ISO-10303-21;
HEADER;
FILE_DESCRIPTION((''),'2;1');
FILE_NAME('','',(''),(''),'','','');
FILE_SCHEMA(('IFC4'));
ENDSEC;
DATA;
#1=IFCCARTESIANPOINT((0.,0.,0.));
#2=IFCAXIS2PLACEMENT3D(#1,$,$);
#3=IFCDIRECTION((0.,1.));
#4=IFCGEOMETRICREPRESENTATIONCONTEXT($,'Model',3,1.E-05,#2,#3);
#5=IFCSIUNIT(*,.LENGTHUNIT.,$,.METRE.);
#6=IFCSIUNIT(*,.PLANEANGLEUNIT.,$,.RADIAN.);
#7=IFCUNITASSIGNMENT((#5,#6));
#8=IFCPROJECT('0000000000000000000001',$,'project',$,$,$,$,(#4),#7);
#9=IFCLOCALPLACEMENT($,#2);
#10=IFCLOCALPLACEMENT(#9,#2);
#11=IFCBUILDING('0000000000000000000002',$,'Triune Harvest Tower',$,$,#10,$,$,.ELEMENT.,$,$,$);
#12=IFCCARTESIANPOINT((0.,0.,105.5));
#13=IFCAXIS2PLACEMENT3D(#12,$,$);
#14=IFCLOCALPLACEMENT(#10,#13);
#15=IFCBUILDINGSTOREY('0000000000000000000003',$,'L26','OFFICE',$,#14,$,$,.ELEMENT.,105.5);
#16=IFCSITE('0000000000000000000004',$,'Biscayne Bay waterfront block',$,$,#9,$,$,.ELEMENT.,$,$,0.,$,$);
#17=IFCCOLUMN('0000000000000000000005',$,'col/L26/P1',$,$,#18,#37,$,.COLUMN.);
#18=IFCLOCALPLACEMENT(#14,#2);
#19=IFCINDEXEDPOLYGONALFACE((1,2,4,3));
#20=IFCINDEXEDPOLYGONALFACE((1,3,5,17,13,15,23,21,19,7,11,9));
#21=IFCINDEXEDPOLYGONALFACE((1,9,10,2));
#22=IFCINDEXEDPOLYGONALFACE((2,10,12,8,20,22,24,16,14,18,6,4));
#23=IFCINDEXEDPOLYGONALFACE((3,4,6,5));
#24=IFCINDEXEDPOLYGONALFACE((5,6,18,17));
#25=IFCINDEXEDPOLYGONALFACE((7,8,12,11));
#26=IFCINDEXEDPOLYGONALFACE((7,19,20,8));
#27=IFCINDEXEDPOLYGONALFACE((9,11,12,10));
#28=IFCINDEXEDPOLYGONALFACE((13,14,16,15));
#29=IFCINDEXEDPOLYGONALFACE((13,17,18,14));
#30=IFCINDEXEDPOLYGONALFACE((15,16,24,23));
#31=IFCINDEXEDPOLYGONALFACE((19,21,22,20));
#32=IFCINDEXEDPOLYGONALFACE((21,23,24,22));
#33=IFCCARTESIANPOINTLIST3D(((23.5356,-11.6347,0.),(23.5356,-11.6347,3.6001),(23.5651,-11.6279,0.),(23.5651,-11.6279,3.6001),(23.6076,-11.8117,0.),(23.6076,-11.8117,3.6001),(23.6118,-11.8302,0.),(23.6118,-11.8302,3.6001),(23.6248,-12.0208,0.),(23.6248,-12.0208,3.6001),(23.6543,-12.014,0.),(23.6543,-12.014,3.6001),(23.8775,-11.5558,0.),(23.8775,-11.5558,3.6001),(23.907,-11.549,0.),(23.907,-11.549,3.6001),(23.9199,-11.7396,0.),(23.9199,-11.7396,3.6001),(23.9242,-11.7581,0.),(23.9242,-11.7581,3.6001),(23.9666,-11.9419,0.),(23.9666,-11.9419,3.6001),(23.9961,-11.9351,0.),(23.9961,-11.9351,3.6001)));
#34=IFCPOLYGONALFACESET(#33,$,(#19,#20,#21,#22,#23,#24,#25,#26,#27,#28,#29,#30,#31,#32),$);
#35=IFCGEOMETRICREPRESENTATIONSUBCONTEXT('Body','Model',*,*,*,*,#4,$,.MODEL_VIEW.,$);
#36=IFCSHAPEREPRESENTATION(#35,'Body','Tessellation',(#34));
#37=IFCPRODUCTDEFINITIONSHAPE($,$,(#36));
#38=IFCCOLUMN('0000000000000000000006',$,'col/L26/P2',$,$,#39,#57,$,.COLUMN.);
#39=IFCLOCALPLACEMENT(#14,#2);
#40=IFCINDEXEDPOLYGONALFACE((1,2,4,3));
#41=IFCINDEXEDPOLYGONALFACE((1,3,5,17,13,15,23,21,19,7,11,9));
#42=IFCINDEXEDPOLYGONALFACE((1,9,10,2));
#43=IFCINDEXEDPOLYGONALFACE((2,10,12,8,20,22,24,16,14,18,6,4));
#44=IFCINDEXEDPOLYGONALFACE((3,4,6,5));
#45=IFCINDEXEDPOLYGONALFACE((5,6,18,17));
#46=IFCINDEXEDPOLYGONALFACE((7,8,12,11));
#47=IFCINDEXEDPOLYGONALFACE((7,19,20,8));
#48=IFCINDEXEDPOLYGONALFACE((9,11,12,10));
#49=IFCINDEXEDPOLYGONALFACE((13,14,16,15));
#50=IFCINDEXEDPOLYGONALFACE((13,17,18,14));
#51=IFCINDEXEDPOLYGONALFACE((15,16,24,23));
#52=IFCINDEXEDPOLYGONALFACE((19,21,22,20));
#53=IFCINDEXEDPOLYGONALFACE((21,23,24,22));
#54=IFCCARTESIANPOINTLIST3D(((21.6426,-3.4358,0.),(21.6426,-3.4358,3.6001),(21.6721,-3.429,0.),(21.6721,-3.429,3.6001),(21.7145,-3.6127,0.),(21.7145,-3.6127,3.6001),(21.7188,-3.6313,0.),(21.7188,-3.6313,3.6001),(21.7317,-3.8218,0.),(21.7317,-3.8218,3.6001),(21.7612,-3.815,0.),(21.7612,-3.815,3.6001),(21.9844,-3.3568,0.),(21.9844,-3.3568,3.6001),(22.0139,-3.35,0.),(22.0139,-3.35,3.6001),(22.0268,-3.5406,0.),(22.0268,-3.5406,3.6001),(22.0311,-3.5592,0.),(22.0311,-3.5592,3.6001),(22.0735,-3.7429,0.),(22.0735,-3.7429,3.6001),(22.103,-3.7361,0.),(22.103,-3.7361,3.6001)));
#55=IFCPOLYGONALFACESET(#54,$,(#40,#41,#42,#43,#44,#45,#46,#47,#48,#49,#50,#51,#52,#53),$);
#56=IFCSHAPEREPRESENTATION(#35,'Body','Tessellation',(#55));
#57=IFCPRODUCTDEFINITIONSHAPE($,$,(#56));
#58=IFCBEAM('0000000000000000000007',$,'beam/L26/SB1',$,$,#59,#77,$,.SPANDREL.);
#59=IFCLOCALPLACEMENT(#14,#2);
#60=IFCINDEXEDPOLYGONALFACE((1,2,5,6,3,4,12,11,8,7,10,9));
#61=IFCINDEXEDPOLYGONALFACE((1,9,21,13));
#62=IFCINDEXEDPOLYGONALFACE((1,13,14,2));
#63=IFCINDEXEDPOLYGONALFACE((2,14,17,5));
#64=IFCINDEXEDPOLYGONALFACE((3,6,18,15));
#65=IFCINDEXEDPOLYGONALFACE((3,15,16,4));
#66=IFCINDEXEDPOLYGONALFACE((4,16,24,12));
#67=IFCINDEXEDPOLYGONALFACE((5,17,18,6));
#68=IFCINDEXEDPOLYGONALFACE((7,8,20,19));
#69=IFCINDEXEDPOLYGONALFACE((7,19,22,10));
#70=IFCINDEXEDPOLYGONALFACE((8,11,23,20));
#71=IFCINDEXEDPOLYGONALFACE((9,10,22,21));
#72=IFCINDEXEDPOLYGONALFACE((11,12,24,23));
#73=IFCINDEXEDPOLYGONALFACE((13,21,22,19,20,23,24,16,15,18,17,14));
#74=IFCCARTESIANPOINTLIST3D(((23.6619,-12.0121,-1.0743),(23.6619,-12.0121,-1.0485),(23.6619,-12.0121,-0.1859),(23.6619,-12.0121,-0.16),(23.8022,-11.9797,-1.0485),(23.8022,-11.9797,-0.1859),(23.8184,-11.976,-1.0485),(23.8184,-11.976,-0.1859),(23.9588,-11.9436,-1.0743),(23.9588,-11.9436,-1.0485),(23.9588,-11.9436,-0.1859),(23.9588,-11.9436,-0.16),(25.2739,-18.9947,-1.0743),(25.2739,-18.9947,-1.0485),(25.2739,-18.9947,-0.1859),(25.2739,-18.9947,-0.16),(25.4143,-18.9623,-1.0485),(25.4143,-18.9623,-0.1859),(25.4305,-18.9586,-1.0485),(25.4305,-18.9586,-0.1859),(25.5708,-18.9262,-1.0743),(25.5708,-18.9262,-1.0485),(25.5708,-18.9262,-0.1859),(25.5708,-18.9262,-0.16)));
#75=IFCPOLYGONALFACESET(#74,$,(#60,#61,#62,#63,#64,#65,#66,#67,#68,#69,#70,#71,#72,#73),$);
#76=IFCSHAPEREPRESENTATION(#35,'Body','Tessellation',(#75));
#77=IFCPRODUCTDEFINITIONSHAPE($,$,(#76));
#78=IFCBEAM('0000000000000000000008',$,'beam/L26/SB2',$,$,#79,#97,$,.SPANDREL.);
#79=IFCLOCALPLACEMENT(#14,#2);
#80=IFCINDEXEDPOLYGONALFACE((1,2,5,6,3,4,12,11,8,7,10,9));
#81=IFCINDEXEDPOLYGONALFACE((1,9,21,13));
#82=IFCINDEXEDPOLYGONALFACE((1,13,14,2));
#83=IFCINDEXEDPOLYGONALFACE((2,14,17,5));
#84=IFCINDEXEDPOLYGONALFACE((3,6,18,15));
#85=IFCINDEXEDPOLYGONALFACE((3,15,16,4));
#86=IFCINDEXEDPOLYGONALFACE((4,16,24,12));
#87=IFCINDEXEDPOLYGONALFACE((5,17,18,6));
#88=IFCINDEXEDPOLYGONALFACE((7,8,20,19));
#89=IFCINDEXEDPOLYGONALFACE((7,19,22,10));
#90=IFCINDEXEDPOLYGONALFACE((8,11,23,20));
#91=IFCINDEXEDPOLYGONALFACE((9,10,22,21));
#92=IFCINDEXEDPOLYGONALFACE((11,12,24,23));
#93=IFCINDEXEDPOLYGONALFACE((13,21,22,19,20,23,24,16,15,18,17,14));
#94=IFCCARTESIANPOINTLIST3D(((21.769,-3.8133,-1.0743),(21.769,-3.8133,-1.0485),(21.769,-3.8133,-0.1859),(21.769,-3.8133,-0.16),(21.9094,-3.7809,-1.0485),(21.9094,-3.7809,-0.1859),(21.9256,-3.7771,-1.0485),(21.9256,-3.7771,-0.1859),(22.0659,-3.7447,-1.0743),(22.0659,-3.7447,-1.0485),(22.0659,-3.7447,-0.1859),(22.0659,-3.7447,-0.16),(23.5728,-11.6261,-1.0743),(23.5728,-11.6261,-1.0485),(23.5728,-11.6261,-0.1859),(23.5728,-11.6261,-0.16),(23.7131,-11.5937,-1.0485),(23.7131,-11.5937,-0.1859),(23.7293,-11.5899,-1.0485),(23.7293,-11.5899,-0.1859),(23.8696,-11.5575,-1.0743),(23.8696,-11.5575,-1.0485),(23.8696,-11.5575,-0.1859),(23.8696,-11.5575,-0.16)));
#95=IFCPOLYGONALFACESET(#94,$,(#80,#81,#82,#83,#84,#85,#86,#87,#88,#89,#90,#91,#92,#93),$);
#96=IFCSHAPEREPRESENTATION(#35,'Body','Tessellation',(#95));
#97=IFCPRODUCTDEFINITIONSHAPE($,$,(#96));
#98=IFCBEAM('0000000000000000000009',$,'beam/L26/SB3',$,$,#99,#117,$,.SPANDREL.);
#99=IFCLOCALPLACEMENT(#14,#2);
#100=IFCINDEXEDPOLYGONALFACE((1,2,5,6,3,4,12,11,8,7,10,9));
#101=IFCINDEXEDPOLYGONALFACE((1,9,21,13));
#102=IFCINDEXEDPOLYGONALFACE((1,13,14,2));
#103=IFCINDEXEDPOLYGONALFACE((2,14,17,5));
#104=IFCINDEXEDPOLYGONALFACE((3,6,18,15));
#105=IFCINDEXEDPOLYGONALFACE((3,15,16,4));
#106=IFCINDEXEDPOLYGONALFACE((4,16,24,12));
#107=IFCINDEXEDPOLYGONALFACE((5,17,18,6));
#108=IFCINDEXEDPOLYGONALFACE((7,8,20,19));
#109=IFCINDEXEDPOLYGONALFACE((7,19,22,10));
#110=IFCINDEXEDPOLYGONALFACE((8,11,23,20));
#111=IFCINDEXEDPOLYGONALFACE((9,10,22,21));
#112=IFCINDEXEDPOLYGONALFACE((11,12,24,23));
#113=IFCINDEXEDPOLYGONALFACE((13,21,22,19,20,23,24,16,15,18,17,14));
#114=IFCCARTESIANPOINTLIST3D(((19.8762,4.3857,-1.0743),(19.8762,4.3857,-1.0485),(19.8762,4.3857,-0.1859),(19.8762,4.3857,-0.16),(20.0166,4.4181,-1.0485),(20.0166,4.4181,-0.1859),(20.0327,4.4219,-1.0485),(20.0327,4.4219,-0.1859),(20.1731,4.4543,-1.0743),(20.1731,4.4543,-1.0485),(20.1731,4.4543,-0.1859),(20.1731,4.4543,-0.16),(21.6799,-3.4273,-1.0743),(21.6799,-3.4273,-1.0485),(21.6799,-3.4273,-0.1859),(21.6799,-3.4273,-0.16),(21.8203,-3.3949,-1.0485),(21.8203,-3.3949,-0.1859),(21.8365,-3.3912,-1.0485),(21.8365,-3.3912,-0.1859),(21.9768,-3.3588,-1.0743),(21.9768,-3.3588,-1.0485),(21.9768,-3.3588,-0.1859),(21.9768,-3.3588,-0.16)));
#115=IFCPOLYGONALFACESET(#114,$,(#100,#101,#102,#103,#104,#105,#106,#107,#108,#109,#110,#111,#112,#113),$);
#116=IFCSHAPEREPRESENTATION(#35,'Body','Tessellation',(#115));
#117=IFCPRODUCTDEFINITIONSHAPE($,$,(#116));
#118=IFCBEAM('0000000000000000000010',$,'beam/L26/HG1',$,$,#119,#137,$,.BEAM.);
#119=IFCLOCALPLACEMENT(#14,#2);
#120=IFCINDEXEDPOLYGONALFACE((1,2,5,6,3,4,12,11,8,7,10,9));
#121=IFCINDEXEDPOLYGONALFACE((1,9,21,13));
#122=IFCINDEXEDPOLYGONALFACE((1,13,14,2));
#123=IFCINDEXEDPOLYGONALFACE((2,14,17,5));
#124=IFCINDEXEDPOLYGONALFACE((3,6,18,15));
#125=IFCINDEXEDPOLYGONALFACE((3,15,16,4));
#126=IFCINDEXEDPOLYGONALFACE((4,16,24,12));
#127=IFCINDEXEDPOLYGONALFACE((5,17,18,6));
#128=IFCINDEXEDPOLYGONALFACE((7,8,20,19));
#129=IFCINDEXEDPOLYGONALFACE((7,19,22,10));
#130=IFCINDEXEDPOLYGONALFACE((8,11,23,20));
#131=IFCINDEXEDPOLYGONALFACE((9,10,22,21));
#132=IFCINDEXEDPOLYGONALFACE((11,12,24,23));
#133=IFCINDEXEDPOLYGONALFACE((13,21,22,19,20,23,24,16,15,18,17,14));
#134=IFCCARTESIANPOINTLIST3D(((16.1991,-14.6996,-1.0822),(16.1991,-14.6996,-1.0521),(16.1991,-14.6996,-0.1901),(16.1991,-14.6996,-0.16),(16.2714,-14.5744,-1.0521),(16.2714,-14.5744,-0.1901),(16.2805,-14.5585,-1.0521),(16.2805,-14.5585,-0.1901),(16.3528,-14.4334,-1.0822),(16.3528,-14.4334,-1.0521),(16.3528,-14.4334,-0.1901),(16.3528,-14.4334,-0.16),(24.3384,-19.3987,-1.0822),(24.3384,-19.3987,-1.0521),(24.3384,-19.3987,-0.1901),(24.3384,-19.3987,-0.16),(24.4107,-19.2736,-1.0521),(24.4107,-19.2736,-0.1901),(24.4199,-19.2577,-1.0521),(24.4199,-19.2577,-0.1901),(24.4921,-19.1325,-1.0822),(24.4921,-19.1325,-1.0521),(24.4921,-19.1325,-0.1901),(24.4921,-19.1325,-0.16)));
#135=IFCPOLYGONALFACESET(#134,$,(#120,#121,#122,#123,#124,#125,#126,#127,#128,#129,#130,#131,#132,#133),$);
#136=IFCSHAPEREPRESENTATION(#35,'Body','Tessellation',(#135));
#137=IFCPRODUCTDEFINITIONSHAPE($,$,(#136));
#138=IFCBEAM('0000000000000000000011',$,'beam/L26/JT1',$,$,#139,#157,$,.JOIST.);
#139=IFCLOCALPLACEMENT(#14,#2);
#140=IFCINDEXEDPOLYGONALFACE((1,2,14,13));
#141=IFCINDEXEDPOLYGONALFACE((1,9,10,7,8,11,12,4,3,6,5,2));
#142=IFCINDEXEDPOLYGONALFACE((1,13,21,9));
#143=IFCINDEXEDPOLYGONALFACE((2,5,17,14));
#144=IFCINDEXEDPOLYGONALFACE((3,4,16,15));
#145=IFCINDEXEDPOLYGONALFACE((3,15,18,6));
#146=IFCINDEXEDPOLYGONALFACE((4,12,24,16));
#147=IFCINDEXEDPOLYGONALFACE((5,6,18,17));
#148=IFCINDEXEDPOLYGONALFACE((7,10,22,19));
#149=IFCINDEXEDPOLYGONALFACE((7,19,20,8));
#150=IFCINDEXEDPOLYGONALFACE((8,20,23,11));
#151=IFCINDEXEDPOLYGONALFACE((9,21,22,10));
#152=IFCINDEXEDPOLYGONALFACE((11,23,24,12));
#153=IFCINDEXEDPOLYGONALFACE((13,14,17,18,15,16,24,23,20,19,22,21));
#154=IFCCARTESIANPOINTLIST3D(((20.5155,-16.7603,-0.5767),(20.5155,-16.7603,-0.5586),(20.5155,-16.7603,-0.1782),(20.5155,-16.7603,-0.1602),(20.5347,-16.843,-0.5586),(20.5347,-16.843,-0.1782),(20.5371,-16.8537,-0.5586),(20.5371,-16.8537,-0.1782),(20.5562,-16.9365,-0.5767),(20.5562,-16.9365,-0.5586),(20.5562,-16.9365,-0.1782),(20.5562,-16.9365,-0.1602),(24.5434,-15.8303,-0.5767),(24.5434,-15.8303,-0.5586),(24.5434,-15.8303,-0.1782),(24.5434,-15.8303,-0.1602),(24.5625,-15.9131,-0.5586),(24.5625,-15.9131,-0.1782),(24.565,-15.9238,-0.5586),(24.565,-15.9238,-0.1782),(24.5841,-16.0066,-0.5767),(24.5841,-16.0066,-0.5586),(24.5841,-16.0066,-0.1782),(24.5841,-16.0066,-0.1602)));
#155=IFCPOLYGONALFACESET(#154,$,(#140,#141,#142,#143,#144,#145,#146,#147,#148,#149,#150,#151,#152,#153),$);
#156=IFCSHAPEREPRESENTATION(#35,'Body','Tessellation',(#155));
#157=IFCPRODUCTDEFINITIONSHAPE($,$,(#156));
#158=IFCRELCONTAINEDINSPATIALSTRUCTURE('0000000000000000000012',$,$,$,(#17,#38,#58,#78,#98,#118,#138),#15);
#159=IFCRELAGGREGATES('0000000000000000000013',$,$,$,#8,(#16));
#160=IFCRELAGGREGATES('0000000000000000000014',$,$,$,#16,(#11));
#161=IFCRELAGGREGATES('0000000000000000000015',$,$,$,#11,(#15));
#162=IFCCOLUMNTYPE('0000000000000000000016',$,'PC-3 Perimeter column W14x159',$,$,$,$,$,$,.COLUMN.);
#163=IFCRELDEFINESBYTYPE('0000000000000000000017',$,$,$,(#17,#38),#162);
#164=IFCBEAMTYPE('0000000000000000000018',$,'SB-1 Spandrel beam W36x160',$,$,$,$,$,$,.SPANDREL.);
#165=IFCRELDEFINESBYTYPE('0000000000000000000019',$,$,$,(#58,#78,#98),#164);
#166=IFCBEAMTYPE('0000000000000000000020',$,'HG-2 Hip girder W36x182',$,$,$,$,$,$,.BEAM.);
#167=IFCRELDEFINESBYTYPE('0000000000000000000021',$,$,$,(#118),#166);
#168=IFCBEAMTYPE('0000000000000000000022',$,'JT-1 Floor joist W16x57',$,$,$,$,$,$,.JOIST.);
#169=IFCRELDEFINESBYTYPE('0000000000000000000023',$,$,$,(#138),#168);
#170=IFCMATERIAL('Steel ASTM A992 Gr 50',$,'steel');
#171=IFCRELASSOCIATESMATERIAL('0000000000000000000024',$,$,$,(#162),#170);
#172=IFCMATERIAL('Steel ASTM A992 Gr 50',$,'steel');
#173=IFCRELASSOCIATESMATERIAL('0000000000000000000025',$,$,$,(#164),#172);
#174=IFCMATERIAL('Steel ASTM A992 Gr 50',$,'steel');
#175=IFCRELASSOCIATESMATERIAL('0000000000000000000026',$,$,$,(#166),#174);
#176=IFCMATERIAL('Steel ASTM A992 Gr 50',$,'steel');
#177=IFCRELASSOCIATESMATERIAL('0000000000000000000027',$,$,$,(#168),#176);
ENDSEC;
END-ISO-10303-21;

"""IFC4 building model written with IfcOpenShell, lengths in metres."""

from ifc_helpers import new_model, si_unit, direction, frame, origin, origin_2d, place, context, subcontext, project, spatial, i_section, extrude, source, transform, mapped, material, material_profile, profile_set, type_object, element, save


model = new_model("IFC4")

# Units and contexts
model_context = context("Model", 3, precision=1e-05, world=origin(), true_north=direction((0.0, 1.0)))
body_context = subcontext(model_context, "Body", "Model", "MODEL_VIEW")
ifc_project = project(units=[si_unit("LENGTHUNIT", "METRE"), si_unit("PLANEANGLEUNIT", "RADIAN")], contexts=[model_context])

# Site, building, storey
site_placement = place(None, origin())
site = spatial("IfcSite", under=ifc_project, at=site_placement, Name="Biscayne Bay waterfront block", CompositionType="ELEMENT", RefElevation=0.0)
building_placement = place(site_placement, origin())
building = spatial("IfcBuilding", under=site, at=building_placement, Name="Triune Harvest Tower", CompositionType="ELEMENT")
storey_placement = place(building_placement, frame((0.0, 0.0, 105.5)))
storey = spatial("IfcBuildingStorey", under=building, at=storey_placement, Name="L26", Description="OFFICE", CompositionType="ELEMENT", Elevation=105.5)

# Columns
ifc_material_1 = material(Name="Steel ASTM A992 Gr 50", Category="steel")
ifc_material_profile_1 = material_profile(ifc_material_1, i_section(OverallWidth=0.3962, OverallDepth=0.3811, WebThickness=0.019, FlangeThickness=0.0303, at=origin_2d()), Name="W14x159")
ifc_profile_set_1 = profile_set([ifc_material_profile_1], Name="Steel ASTM A992 Gr 50")
column_type = type_object("IfcColumnType", Name="PC-3 Perimeter column W14x159", PredefinedType="COLUMN", material=ifc_profile_set_1)
shared_shape_1 = source(origin(), body_context, "Body", "SweptSolid", [
    extrude(i_section(OverallWidth=0.3962, OverallDepth=0.3811, WebThickness=0.019, FlangeThickness=0.0303, at=origin_2d()), origin(), (0.0, 0.0, 1.0), 3.6001),
])
for number, where, z_axis, x_axis, name in (
    (1, (23.7659, -11.7849, 0.0), (0.0, 0.0, 1.0), (-0.224953, 0.97437, 0.0), "col/L26/P1"),
    (2, (21.8728, -3.5859, 0.0), (0.0, 0.0, 1.0), (-0.224953, 0.97437, 0.0), "col/L26/P2"),
):
    element("IfcColumn", number, at=place(storey_placement, frame(where, z_axis=z_axis, x_axis=x_axis)), inside=storey, type_object=column_type, Name=name, PredefinedType="COLUMN", context=body_context, shape_type="MappedRepresentation", body=[
        mapped(shared_shape_1, transform((0.0, 0.0, 0.0), scale=1.0)),
    ])

# Beams
ifc_material_2 = material(Name="Steel ASTM A992 Gr 50", Category="steel")
ifc_material_profile_2 = material_profile(ifc_material_2, i_section(OverallWidth=0.3047, OverallDepth=0.9143, WebThickness=0.0166, FlangeThickness=0.0259, at=origin_2d()), Name="W36x160")
ifc_profile_set_2 = profile_set([ifc_material_profile_2], Name="Steel ASTM A992 Gr 50")
beam_type_1 = type_object("IfcBeamType", Name="SB-1 Spandrel beam W36x160", PredefinedType="SPANDREL", material=ifc_profile_set_2)
shared_shape_2 = source(origin(), body_context, "Body", "SweptSolid", [
    extrude(i_section(OverallWidth=0.3047, OverallDepth=0.9143, WebThickness=0.0166, FlangeThickness=0.0259, at=origin_2d()), origin(), (0.0, 0.0, 1.0), 7.1663),
])
beam_1_placement = place(storey_placement, frame((25.4224, -18.9604, -0.6172), z_axis=(-0.224949, 0.974371, 0.0), x_axis=(-0.974371, -0.224949, 0.0)))
element("IfcBeam", 3, at=beam_1_placement, inside=storey, type_object=beam_type_1, Name="beam/L26/SB1", PredefinedType="SPANDREL", context=body_context, shape_type="MappedRepresentation", body=[
    mapped(shared_shape_2, transform((0.0, 0.0, 0.0), scale=1.0)),
])
shared_shape_3 = source(origin(), body_context, "Body", "SweptSolid", [
    extrude(i_section(OverallWidth=0.3047, OverallDepth=0.9143, WebThickness=0.0166, FlangeThickness=0.0259, at=origin_2d()), origin(), (0.0, 0.0, 1.0), 8.0183),
])
beam_2_placement = place(storey_placement, frame((23.7212, -11.5918, -0.6172), z_axis=(-0.224951, 0.97437, 0.0), x_axis=(-0.97437, -0.224951, 0.0)))
element("IfcBeam", 4, at=beam_2_placement, inside=storey, type_object=beam_type_1, Name="beam/L26/SB2", PredefinedType="SPANDREL", context=body_context, shape_type="MappedRepresentation", body=[
    mapped(shared_shape_3, transform((0.0, 0.0, 0.0), scale=1.0)),
])
shared_shape_4 = source(origin(), body_context, "Body", "SweptSolid", [
    extrude(i_section(OverallWidth=0.3047, OverallDepth=0.9143, WebThickness=0.0166, FlangeThickness=0.0259, at=origin_2d()), origin(), (0.0, 0.0, 1.0), 8.0186),
])
beam_3_placement = place(storey_placement, frame((21.8284, -3.3931, -0.6172), z_axis=(-0.224944, 0.974372, 0.0), x_axis=(-0.974372, -0.224944, 0.0)))
element("IfcBeam", 5, at=beam_3_placement, inside=storey, type_object=beam_type_1, Name="beam/L26/SB3", PredefinedType="SPANDREL", context=body_context, shape_type="MappedRepresentation", body=[
    mapped(shared_shape_4, transform((0.0, 0.0, 0.0), scale=1.0)),
])
ifc_material_3 = material(Name="Steel ASTM A992 Gr 50", Category="steel")
ifc_material_profile_3 = material_profile(ifc_material_3, i_section(OverallWidth=0.3074, OverallDepth=0.9221, WebThickness=0.0183, FlangeThickness=0.03, at=origin_2d()), Name="W36x182")
ifc_profile_set_3 = profile_set([ifc_material_profile_3], Name="Steel ASTM A992 Gr 50")
beam_type_2 = type_object("IfcBeamType", Name="HG-2 Hip girder W36x182", PredefinedType="BEAM", material=ifc_profile_set_3)
shared_shape_5 = source(origin(), body_context, "Body", "SweptSolid", [
    extrude(i_section(OverallWidth=0.3074, OverallDepth=0.9221, WebThickness=0.0183, FlangeThickness=0.03, at=origin_2d()), origin(), (0.0, 0.0, 1.0), 9.3984),
])
beam_4_placement = place(storey_placement, frame((24.4153, -19.2656, -0.6211), z_axis=(-0.866029, 0.499995, 0.0), x_axis=(-0.499995, -0.866029, 0.0)))
element("IfcBeam", 6, at=beam_4_placement, inside=storey, type_object=beam_type_2, Name="beam/L26/HG1", PredefinedType="BEAM", context=body_context, shape_type="MappedRepresentation", body=[
    mapped(shared_shape_5, transform((0.0, 0.0, 0.0), scale=1.0)),
])
ifc_material_4 = material(Name="Steel ASTM A992 Gr 50", Category="steel")
ifc_material_profile_4 = material_profile(ifc_material_4, i_section(OverallWidth=0.1809, OverallDepth=0.4165, WebThickness=0.011, FlangeThickness=0.0181, at=origin_2d()), Name="W16x57")
ifc_profile_set_4 = profile_set([ifc_material_profile_4], Name="Steel ASTM A992 Gr 50")
beam_type_3 = type_object("IfcBeamType", Name="JT-1 Floor joist W16x57", PredefinedType="JOIST", material=ifc_profile_set_4)
shared_shape_6 = source(origin(), body_context, "Body", "SweptSolid", [
    extrude(i_section(OverallWidth=0.1809, OverallDepth=0.4165, WebThickness=0.011, FlangeThickness=0.0181, at=origin_2d()), origin(), (0.0, 0.0, 1.0), 4.1338),
])
beam_5_placement = place(storey_placement, frame((24.5637, -15.9185, -0.3684), z_axis=(-0.974368, -0.224959, 0.0), x_axis=(0.224959, -0.974368, 0.0)))
element("IfcBeam", 7, at=beam_5_placement, inside=storey, type_object=beam_type_3, Name="beam/L26/JT1", PredefinedType="JOIST", context=body_context, shape_type="MappedRepresentation", body=[
    mapped(shared_shape_6, transform((0.0, 0.0, 0.0), scale=1.0)),
])

save(model, "model.ifc")
